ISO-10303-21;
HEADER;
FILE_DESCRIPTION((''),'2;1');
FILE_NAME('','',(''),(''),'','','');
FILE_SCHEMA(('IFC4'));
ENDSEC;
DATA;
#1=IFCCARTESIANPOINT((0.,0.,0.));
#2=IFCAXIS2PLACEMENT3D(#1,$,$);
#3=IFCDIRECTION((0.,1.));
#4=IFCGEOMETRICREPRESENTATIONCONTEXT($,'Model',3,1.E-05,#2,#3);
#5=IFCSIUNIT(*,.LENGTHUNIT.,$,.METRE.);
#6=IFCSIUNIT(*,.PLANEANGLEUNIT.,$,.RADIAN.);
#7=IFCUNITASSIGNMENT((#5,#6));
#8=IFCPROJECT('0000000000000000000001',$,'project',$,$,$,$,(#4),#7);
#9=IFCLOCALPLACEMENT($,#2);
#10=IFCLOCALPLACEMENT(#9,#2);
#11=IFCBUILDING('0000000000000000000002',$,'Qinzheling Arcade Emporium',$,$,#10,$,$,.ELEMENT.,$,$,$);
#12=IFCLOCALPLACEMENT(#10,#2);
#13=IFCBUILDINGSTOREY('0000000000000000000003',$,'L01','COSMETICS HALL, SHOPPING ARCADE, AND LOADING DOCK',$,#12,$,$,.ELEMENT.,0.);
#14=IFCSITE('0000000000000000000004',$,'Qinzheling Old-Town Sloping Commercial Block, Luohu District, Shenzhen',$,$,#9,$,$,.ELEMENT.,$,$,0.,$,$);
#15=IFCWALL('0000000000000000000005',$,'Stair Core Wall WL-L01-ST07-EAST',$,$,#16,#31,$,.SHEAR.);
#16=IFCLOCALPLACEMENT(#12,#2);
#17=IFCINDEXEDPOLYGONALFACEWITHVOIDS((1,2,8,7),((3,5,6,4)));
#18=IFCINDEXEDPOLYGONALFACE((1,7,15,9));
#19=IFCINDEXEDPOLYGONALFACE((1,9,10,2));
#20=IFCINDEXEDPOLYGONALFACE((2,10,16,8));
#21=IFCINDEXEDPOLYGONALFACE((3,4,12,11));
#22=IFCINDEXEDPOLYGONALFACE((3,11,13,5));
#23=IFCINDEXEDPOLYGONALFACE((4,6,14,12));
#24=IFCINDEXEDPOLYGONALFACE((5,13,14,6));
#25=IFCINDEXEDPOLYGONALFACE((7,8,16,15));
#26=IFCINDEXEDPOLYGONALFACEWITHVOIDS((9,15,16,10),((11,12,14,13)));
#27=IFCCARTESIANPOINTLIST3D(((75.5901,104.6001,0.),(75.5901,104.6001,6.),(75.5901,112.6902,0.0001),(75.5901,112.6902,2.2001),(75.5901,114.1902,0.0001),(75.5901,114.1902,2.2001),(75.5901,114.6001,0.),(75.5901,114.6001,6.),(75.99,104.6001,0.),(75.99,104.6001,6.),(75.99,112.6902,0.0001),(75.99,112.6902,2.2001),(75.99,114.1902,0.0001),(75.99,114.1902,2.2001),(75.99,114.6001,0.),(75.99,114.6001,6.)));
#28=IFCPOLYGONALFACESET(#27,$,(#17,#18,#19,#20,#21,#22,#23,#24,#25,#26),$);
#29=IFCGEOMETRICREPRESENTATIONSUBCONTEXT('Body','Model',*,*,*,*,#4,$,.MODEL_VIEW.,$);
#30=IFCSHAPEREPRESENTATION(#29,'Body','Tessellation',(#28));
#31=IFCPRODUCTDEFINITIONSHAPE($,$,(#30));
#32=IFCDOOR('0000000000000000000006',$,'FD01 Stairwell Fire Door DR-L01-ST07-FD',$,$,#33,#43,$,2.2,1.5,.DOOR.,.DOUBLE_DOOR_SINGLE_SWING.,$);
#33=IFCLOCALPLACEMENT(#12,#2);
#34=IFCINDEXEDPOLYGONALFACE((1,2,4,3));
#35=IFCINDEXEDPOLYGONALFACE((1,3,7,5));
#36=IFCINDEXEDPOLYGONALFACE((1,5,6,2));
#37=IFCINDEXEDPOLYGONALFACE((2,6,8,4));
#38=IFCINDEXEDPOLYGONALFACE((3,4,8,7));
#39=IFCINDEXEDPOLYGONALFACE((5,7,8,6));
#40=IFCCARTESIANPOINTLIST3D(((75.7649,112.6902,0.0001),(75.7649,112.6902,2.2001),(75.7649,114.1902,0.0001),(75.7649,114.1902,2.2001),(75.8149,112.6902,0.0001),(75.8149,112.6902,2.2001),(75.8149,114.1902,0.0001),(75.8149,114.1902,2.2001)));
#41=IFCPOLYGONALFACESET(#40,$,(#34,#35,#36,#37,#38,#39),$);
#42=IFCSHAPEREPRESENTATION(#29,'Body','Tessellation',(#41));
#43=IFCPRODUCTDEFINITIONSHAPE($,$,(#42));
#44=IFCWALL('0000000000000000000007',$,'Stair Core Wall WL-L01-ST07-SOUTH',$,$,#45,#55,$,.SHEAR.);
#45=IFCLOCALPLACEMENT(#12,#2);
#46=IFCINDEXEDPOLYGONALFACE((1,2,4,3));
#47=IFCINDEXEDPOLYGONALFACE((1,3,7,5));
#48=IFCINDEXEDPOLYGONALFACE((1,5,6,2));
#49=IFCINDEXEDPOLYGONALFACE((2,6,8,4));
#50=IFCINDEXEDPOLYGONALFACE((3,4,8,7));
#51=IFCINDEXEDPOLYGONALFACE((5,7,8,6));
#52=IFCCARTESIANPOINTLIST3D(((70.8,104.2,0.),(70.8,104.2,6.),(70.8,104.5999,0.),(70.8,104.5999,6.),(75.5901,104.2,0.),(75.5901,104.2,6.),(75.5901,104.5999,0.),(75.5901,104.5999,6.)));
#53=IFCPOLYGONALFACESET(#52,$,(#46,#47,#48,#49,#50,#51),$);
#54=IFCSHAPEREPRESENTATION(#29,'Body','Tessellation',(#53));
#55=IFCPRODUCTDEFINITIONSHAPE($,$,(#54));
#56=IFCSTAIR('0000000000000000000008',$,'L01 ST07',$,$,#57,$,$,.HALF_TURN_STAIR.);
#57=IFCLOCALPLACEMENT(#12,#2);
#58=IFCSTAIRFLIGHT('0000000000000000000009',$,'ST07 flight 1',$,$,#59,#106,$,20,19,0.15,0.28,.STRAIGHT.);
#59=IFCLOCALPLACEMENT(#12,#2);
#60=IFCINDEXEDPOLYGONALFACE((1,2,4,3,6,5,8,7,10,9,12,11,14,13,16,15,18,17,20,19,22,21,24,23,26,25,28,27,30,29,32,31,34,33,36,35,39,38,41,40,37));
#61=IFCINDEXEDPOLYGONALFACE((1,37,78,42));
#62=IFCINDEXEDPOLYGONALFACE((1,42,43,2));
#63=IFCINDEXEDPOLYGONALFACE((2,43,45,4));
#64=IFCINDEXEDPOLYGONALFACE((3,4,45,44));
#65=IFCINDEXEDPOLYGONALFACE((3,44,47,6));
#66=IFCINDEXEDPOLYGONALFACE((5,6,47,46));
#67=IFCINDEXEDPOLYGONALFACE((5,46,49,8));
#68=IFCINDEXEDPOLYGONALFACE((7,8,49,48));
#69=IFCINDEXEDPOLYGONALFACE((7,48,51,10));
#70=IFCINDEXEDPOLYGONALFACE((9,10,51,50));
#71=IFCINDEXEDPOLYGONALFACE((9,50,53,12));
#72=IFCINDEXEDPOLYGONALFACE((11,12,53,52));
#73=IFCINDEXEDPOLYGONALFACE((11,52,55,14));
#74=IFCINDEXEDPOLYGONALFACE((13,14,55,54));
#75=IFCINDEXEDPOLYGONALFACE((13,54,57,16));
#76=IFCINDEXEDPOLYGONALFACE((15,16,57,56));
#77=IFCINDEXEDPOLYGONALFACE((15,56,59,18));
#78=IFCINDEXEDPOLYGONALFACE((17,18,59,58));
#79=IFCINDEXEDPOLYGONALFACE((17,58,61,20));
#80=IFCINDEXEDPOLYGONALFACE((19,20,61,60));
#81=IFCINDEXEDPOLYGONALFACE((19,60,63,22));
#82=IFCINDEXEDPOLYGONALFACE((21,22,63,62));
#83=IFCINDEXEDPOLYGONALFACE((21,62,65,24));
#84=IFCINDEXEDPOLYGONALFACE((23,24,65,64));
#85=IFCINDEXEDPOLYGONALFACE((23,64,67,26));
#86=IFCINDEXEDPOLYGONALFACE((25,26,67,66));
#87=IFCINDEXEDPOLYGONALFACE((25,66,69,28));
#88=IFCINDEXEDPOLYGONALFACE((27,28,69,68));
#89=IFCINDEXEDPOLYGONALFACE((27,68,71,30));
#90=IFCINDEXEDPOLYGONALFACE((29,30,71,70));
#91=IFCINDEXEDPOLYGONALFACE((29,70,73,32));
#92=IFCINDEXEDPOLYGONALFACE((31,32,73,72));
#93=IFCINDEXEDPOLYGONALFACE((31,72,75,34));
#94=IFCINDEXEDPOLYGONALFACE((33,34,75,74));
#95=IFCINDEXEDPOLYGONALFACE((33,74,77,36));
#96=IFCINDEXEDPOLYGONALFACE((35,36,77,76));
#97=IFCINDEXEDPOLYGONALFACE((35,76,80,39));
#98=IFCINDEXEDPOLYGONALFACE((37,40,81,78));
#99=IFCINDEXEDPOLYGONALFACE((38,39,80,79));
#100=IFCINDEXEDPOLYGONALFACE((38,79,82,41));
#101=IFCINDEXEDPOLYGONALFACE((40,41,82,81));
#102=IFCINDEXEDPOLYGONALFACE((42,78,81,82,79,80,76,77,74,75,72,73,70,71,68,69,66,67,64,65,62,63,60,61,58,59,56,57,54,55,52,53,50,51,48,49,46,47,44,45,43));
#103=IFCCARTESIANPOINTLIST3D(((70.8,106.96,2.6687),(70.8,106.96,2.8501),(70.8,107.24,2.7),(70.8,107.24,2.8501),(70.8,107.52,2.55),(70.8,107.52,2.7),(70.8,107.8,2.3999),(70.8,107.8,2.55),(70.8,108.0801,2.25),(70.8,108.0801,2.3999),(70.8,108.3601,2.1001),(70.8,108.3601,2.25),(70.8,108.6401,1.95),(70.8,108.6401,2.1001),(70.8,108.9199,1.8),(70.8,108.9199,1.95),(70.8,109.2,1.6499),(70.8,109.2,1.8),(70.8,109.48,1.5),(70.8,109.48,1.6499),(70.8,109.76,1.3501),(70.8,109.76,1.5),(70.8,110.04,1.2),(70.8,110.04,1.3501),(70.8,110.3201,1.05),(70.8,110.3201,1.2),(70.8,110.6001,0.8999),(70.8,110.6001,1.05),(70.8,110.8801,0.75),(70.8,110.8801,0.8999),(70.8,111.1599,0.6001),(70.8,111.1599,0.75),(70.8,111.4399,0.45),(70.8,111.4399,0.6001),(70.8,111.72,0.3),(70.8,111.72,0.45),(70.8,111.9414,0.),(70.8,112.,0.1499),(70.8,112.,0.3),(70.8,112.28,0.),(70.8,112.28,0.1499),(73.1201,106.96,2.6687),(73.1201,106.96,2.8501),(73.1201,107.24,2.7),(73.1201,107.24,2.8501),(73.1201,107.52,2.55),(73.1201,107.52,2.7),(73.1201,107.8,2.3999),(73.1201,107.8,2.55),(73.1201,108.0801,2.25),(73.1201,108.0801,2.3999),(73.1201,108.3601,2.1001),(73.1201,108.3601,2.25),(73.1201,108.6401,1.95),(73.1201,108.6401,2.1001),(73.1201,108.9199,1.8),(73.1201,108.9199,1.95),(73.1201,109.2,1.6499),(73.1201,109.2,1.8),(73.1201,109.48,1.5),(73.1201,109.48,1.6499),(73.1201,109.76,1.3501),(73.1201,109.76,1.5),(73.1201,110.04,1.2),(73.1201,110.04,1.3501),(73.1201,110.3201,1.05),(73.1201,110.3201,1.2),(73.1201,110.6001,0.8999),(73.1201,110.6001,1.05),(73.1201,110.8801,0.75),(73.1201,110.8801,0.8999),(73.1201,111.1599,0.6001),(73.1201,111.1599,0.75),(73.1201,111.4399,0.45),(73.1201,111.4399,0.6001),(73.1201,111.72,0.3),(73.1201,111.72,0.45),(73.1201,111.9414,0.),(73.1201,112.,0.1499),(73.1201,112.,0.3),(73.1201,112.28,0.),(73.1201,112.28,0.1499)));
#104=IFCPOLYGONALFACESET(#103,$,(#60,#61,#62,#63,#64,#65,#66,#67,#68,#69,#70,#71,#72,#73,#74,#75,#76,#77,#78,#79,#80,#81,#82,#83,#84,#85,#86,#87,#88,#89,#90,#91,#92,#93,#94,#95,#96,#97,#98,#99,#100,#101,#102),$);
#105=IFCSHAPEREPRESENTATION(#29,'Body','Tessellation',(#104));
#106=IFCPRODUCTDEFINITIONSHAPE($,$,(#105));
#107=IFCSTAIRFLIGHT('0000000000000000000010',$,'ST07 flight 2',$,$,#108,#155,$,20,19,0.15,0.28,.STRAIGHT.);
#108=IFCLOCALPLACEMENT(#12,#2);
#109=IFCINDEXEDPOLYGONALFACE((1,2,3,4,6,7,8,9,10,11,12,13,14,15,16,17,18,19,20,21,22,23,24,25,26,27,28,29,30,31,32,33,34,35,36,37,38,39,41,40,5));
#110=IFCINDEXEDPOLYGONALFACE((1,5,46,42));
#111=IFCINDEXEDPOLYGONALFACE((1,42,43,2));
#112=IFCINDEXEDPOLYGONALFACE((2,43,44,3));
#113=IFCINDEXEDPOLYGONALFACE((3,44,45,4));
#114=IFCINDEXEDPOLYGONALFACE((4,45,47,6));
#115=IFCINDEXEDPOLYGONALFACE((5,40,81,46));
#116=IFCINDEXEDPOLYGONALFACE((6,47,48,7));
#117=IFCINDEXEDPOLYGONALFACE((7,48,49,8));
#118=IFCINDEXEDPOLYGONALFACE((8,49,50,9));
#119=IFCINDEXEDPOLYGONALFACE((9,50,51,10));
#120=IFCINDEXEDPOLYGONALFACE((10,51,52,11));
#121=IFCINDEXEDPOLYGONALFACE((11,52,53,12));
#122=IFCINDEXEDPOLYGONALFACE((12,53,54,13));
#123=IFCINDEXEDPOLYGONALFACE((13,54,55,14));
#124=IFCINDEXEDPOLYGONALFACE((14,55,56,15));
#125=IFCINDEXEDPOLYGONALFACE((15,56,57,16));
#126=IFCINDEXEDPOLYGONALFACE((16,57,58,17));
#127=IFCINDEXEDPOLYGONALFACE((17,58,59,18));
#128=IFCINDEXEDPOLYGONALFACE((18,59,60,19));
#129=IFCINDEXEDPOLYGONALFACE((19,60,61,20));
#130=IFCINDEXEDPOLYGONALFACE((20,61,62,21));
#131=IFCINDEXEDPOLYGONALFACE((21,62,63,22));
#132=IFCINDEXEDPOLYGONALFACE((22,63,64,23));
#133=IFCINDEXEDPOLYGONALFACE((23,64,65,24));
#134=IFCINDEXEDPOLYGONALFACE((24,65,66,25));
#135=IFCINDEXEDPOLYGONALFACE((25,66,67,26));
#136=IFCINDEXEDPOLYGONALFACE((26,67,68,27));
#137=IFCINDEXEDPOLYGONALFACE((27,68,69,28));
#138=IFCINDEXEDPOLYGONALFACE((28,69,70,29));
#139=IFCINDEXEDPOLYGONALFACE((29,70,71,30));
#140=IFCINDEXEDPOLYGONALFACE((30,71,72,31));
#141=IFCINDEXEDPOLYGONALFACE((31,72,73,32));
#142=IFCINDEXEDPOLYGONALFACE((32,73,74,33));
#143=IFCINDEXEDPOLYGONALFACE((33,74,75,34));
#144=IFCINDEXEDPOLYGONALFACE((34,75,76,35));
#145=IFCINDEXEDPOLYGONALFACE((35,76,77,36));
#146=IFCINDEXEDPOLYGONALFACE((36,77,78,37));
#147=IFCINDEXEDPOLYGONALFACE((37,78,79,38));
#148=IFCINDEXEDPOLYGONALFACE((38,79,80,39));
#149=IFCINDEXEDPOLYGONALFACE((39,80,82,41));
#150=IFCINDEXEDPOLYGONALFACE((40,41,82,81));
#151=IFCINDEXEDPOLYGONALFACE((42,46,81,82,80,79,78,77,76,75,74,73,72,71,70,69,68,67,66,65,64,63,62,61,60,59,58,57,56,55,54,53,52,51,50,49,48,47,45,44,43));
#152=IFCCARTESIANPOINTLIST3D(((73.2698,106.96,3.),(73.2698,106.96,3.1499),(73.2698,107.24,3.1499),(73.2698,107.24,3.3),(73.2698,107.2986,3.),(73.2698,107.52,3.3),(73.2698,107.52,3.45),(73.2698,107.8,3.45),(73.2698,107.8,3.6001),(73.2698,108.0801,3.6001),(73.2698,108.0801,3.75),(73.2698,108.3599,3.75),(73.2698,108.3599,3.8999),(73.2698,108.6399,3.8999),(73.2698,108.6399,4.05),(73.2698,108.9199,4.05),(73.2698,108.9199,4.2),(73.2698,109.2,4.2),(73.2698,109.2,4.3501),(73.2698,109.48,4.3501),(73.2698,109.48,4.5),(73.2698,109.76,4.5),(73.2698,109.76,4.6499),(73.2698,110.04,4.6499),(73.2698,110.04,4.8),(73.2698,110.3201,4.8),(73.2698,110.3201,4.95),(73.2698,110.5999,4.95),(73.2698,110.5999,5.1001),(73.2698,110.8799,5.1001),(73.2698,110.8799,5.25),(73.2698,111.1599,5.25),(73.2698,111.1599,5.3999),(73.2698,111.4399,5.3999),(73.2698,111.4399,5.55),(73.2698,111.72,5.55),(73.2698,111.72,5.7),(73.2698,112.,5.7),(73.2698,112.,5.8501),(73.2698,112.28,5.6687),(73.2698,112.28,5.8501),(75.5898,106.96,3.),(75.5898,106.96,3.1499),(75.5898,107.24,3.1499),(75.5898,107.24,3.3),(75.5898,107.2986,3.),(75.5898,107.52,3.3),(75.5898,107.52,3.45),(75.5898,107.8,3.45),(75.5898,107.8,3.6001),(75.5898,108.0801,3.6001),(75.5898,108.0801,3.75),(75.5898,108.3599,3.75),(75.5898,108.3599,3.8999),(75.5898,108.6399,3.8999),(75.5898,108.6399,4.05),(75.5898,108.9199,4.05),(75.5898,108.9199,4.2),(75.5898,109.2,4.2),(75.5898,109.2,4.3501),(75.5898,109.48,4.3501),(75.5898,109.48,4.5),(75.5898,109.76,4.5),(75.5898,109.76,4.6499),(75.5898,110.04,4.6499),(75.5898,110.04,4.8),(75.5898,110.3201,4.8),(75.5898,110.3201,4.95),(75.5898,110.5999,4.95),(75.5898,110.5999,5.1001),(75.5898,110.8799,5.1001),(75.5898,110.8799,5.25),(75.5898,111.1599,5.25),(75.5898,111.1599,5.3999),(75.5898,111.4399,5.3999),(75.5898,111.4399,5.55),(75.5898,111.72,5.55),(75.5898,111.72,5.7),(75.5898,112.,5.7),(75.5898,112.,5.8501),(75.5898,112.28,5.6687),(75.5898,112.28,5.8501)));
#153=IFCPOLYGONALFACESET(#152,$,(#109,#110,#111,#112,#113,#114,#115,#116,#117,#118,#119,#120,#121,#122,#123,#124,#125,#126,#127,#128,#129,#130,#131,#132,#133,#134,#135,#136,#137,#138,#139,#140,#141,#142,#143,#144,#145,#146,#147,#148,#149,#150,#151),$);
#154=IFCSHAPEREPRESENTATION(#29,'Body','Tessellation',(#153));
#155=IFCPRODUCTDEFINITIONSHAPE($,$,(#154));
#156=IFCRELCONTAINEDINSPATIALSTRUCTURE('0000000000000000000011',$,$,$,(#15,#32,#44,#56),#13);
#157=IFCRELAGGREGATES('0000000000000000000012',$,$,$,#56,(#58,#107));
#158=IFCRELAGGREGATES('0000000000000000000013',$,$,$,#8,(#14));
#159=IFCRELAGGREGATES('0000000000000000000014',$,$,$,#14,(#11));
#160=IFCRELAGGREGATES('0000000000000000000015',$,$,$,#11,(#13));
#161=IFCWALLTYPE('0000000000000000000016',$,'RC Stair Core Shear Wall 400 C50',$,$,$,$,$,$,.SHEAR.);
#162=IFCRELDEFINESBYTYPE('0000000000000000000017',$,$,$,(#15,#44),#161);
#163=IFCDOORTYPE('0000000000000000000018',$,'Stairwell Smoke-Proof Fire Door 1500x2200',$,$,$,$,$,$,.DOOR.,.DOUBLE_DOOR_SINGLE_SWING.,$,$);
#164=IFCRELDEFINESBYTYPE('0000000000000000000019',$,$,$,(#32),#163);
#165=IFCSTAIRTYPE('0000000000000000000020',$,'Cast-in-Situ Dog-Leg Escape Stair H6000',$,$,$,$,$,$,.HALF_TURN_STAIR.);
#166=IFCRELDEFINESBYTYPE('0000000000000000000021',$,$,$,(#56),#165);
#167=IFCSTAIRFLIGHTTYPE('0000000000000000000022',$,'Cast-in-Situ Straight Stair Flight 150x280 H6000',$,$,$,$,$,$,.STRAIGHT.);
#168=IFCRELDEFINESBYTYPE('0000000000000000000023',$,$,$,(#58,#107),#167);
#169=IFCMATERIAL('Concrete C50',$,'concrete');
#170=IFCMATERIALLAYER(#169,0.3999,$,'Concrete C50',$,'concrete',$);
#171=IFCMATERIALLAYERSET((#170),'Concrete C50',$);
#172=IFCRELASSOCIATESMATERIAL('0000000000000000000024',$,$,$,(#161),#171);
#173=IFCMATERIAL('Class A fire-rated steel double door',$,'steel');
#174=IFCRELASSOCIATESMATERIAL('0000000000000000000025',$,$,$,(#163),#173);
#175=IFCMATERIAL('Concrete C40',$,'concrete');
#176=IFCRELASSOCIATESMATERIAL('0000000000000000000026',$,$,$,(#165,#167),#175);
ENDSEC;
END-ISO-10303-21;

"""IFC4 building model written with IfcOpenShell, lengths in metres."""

from ifc_helpers import new_model, si_unit, direction, frame, frame_2d, origin, place, context, subcontext, project, spatial, polyline, rectangle, outline, extrude, material, layer, layer_set, type_object, element, fill, aggregate, save


model = new_model("IFC4")

# Units and contexts
model_context = context("Model", 3, precision=1e-05, world=origin(), true_north=direction((0.0, 1.0)))
body_context = subcontext(model_context, "Body", "Model", "MODEL_VIEW")
ifc_project = project(units=[si_unit("LENGTHUNIT", "METRE"), si_unit("PLANEANGLEUNIT", "RADIAN")], contexts=[model_context])

# Site, building, storey
site_placement = place(None, origin())
site = spatial("IfcSite", under=ifc_project, at=site_placement, Name="Qinzheling Old-Town Sloping Commercial Block, Luohu District, Shenzhen", CompositionType="ELEMENT", RefElevation=0.0)
building_placement = place(site_placement, origin())
building = spatial("IfcBuilding", under=site, at=building_placement, Name="Qinzheling Arcade Emporium", CompositionType="ELEMENT")
storey_placement = place(building_placement, origin())
storey = spatial("IfcBuildingStorey", under=building, at=storey_placement, Name="L01", Description="COSMETICS HALL, SHOPPING ARCADE, AND LOADING DOCK", CompositionType="ELEMENT", Elevation=0.0)

# Shared definitions
ifc_material_1 = material(Name="Concrete C50", Category="concrete")

# Shared definitions
ifc_material_2 = material(Name="Concrete C40", Category="concrete")

# Wall, opening, door
ifc_layer_1 = layer(ifc_material_1, 0.3999, Name="Concrete C50", Category="concrete")
ifc_layer_set_1 = layer_set([ifc_layer_1], Name="Concrete C50")
wall_type_1 = type_object("IfcWallType", Name="RC Stair Core Shear Wall 400 C50", PredefinedType="SHEAR", material=ifc_layer_set_1)
wall_1_placement = place(storey_placement, frame((75.79, 114.6001, 0.0), z_axis=(0.0, 0.0, 1.0), x_axis=(0.0, -1.0, 0.0)))
wall_1 = element("IfcWall", 1, at=wall_1_placement, inside=storey, type_object=wall_type_1, Name="Stair Core Wall WL-L01-ST07-EAST", PredefinedType="SHEAR", context=body_context, shape_type="SweptSolid", body=[
    extrude(rectangle(XDim=10.0, YDim=0.3999, at=frame_2d((5.0, 0.0))), origin(), (0.0, 0.0, 1.0), 6.0),
])
opening_1_placement = place(wall_1_placement, frame((0.4099, 0.0, 0.0)))
opening_1 = element("IfcOpeningElement", 2, at=opening_1_placement, cuts=wall_1, PredefinedType="OPENING", context=body_context, shape_type="SweptSolid", body=[
    extrude(rectangle(XDim=1.5, YDim=2.2, at=frame_2d((0.75, 1.1001))), frame((0.0, 0.21, 0.0), z_axis=(0.0, -1.0, 0.0), x_axis=(1.0, 0.0, 0.0)), (0.0, 0.0, 1.0), 0.4199),
])
ifc_material_3 = material(Name="Class A fire-rated steel double door", Category="steel")
door_type_1 = type_object("IfcDoorType", Name="Stairwell Smoke-Proof Fire Door 1500x2200", OperationType="DOUBLE_DOOR_SINGLE_SWING", PredefinedType="DOOR", material=ifc_material_3)
door_1_placement = place(opening_1_placement, origin())
door_1 = element("IfcDoor", 3, at=door_1_placement, inside=storey, type_object=door_type_1, Name="FD01 Stairwell Fire Door DR-L01-ST07-FD", OperationType="DOUBLE_DOOR_SINGLE_SWING", OverallHeight=2.2, OverallWidth=1.5, PredefinedType="DOOR", context=body_context, shape_type="SweptSolid", body=[
    extrude(rectangle(XDim=1.5, YDim=2.2, at=frame_2d((0.75, 1.1001))), frame((0.0, 0.0249, 0.0), z_axis=(0.0, -1.0, 0.0), x_axis=(1.0, 0.0, 0.0)), (0.0, 0.0, 1.0), 0.05),
])
fill(opening_1, door_1)

# Wall
wall_2_placement = place(storey_placement, frame((75.5901, 104.3999, 0.0), z_axis=(0.0, 0.0, 1.0), x_axis=(-1.0, 0.0, 0.0)))
element("IfcWall", 4, at=wall_2_placement, inside=storey, type_object=wall_type_1, Name="Stair Core Wall WL-L01-ST07-SOUTH", PredefinedType="SHEAR", context=body_context, shape_type="SweptSolid", body=[
    extrude(rectangle(XDim=4.79, YDim=0.3999, at=frame_2d((2.395, 0.0))), origin(), (0.0, 0.0, 1.0), 6.0),
])

# Stair, stair flights
stair_type = type_object("IfcStairType", Name="Cast-in-Situ Dog-Leg Escape Stair H6000", PredefinedType="HALF_TURN_STAIR", material=ifc_material_2)
stair_placement = place(storey_placement, origin())
stair = element("IfcStair", 5, at=stair_placement, inside=storey, type_object=stair_type, Name="L01 ST07", PredefinedType="HALF_TURN_STAIR")
stair_flight_type = type_object("IfcStairFlightType", Name="Cast-in-Situ Straight Stair Flight 150x280 H6000", PredefinedType="STRAIGHT", material=ifc_material_2)
stair_flight_1_placement = place(storey_placement, frame((71.96, 112.28, 0.0), z_axis=(0.0, 0.0, 1.0), x_axis=(0.0, -1.0, 0.0)))
stair_flight_1 = element("IfcStairFlight", 6, at=stair_flight_1_placement, type_object=stair_flight_type, Name="ST07 flight 1", NumberOfRisers=20, NumberOfTreads=19, PredefinedType="STRAIGHT", RiserHeight=0.15, TreadLength=0.28, context=body_context, shape_type="SweptSolid", body=[
    extrude(outline(polyline([(0.0, 0.0), (0.0, 0.1499), (0.28, 0.1499), (0.28, 0.3), (0.5601, 0.3), (0.5601, 0.45), (0.8401, 0.45), (0.8401, 0.6001), (1.1201, 0.6001), (1.1201, 0.75), (1.3999, 0.75), (1.3999, 0.8999), (1.6799, 0.8999), (1.6799, 1.05), (1.96, 1.05), (1.96, 1.2), (2.24, 1.2), (2.24, 1.3501), (2.52, 1.3501), (2.52, 1.5), (2.8, 1.5), (2.8, 1.6499), (3.0801, 1.6499), (3.0801, 1.8), (3.3601, 1.8), (3.3601, 1.95), (3.6399, 1.95), (3.6399, 2.1001), (3.9199, 2.1001), (3.9199, 2.25), (4.2, 2.25), (4.2, 2.3999), (4.48, 2.3999), (4.48, 2.55), (4.76, 2.55), (4.76, 2.7), (5.04, 2.7), (5.04, 2.8501), (5.3201, 2.8501), (5.3201, 3.0), (5.3201, 2.6687), (0.3386, 0.0), (0.0, 0.0)])), frame((0.0, 1.1602, 0.0), z_axis=(0.0, -1.0, 0.0), x_axis=(1.0, 0.0, 0.0)), (0.0, 0.0, 1.0), 2.3201),
])
stair_flight_2_placement = place(storey_placement, frame((74.4299, 106.96, 3.0), z_axis=(0.0, 0.0, 1.0), x_axis=(0.0, 1.0, 0.0)))
stair_flight_2 = element("IfcStairFlight", 7, at=stair_flight_2_placement, type_object=stair_flight_type, Name="ST07 flight 2", NumberOfRisers=20, NumberOfTreads=19, PredefinedType="STRAIGHT", RiserHeight=0.15, TreadLength=0.28, context=body_context, shape_type="SweptSolid", body=[
    extrude(outline(polyline([(0.0, 0.0), (0.0, 0.1499), (0.28, 0.1499), (0.28, 0.3), (0.5601, 0.3), (0.5601, 0.45), (0.8401, 0.45), (0.8401, 0.6001), (1.1201, 0.6001), (1.1201, 0.75), (1.3999, 0.75), (1.3999, 0.8999), (1.6799, 0.8999), (1.6799, 1.05), (1.96, 1.05), (1.96, 1.2), (2.24, 1.2), (2.24, 1.3501), (2.52, 1.3501), (2.52, 1.5), (2.8, 1.5), (2.8, 1.6499), (3.0801, 1.6499), (3.0801, 1.8), (3.3601, 1.8), (3.3601, 1.95), (3.6399, 1.95), (3.6399, 2.1001), (3.9199, 2.1001), (3.9199, 2.25), (4.2, 2.25), (4.2, 2.3999), (4.48, 2.3999), (4.48, 2.55), (4.76, 2.55), (4.76, 2.7), (5.04, 2.7), (5.04, 2.8501), (5.3201, 2.8501), (5.3201, 3.0), (5.3201, 2.6687), (0.3386, 0.0), (0.0, 0.0)])), frame((0.0, 1.1602, 0.0), z_axis=(0.0, -1.0, 0.0), x_axis=(1.0, 0.0, 0.0)), (0.0, 0.0, 1.0), 2.3201),
])
aggregate(stair, [stair_flight_1, stair_flight_2])

save(model, "model.ifc")
